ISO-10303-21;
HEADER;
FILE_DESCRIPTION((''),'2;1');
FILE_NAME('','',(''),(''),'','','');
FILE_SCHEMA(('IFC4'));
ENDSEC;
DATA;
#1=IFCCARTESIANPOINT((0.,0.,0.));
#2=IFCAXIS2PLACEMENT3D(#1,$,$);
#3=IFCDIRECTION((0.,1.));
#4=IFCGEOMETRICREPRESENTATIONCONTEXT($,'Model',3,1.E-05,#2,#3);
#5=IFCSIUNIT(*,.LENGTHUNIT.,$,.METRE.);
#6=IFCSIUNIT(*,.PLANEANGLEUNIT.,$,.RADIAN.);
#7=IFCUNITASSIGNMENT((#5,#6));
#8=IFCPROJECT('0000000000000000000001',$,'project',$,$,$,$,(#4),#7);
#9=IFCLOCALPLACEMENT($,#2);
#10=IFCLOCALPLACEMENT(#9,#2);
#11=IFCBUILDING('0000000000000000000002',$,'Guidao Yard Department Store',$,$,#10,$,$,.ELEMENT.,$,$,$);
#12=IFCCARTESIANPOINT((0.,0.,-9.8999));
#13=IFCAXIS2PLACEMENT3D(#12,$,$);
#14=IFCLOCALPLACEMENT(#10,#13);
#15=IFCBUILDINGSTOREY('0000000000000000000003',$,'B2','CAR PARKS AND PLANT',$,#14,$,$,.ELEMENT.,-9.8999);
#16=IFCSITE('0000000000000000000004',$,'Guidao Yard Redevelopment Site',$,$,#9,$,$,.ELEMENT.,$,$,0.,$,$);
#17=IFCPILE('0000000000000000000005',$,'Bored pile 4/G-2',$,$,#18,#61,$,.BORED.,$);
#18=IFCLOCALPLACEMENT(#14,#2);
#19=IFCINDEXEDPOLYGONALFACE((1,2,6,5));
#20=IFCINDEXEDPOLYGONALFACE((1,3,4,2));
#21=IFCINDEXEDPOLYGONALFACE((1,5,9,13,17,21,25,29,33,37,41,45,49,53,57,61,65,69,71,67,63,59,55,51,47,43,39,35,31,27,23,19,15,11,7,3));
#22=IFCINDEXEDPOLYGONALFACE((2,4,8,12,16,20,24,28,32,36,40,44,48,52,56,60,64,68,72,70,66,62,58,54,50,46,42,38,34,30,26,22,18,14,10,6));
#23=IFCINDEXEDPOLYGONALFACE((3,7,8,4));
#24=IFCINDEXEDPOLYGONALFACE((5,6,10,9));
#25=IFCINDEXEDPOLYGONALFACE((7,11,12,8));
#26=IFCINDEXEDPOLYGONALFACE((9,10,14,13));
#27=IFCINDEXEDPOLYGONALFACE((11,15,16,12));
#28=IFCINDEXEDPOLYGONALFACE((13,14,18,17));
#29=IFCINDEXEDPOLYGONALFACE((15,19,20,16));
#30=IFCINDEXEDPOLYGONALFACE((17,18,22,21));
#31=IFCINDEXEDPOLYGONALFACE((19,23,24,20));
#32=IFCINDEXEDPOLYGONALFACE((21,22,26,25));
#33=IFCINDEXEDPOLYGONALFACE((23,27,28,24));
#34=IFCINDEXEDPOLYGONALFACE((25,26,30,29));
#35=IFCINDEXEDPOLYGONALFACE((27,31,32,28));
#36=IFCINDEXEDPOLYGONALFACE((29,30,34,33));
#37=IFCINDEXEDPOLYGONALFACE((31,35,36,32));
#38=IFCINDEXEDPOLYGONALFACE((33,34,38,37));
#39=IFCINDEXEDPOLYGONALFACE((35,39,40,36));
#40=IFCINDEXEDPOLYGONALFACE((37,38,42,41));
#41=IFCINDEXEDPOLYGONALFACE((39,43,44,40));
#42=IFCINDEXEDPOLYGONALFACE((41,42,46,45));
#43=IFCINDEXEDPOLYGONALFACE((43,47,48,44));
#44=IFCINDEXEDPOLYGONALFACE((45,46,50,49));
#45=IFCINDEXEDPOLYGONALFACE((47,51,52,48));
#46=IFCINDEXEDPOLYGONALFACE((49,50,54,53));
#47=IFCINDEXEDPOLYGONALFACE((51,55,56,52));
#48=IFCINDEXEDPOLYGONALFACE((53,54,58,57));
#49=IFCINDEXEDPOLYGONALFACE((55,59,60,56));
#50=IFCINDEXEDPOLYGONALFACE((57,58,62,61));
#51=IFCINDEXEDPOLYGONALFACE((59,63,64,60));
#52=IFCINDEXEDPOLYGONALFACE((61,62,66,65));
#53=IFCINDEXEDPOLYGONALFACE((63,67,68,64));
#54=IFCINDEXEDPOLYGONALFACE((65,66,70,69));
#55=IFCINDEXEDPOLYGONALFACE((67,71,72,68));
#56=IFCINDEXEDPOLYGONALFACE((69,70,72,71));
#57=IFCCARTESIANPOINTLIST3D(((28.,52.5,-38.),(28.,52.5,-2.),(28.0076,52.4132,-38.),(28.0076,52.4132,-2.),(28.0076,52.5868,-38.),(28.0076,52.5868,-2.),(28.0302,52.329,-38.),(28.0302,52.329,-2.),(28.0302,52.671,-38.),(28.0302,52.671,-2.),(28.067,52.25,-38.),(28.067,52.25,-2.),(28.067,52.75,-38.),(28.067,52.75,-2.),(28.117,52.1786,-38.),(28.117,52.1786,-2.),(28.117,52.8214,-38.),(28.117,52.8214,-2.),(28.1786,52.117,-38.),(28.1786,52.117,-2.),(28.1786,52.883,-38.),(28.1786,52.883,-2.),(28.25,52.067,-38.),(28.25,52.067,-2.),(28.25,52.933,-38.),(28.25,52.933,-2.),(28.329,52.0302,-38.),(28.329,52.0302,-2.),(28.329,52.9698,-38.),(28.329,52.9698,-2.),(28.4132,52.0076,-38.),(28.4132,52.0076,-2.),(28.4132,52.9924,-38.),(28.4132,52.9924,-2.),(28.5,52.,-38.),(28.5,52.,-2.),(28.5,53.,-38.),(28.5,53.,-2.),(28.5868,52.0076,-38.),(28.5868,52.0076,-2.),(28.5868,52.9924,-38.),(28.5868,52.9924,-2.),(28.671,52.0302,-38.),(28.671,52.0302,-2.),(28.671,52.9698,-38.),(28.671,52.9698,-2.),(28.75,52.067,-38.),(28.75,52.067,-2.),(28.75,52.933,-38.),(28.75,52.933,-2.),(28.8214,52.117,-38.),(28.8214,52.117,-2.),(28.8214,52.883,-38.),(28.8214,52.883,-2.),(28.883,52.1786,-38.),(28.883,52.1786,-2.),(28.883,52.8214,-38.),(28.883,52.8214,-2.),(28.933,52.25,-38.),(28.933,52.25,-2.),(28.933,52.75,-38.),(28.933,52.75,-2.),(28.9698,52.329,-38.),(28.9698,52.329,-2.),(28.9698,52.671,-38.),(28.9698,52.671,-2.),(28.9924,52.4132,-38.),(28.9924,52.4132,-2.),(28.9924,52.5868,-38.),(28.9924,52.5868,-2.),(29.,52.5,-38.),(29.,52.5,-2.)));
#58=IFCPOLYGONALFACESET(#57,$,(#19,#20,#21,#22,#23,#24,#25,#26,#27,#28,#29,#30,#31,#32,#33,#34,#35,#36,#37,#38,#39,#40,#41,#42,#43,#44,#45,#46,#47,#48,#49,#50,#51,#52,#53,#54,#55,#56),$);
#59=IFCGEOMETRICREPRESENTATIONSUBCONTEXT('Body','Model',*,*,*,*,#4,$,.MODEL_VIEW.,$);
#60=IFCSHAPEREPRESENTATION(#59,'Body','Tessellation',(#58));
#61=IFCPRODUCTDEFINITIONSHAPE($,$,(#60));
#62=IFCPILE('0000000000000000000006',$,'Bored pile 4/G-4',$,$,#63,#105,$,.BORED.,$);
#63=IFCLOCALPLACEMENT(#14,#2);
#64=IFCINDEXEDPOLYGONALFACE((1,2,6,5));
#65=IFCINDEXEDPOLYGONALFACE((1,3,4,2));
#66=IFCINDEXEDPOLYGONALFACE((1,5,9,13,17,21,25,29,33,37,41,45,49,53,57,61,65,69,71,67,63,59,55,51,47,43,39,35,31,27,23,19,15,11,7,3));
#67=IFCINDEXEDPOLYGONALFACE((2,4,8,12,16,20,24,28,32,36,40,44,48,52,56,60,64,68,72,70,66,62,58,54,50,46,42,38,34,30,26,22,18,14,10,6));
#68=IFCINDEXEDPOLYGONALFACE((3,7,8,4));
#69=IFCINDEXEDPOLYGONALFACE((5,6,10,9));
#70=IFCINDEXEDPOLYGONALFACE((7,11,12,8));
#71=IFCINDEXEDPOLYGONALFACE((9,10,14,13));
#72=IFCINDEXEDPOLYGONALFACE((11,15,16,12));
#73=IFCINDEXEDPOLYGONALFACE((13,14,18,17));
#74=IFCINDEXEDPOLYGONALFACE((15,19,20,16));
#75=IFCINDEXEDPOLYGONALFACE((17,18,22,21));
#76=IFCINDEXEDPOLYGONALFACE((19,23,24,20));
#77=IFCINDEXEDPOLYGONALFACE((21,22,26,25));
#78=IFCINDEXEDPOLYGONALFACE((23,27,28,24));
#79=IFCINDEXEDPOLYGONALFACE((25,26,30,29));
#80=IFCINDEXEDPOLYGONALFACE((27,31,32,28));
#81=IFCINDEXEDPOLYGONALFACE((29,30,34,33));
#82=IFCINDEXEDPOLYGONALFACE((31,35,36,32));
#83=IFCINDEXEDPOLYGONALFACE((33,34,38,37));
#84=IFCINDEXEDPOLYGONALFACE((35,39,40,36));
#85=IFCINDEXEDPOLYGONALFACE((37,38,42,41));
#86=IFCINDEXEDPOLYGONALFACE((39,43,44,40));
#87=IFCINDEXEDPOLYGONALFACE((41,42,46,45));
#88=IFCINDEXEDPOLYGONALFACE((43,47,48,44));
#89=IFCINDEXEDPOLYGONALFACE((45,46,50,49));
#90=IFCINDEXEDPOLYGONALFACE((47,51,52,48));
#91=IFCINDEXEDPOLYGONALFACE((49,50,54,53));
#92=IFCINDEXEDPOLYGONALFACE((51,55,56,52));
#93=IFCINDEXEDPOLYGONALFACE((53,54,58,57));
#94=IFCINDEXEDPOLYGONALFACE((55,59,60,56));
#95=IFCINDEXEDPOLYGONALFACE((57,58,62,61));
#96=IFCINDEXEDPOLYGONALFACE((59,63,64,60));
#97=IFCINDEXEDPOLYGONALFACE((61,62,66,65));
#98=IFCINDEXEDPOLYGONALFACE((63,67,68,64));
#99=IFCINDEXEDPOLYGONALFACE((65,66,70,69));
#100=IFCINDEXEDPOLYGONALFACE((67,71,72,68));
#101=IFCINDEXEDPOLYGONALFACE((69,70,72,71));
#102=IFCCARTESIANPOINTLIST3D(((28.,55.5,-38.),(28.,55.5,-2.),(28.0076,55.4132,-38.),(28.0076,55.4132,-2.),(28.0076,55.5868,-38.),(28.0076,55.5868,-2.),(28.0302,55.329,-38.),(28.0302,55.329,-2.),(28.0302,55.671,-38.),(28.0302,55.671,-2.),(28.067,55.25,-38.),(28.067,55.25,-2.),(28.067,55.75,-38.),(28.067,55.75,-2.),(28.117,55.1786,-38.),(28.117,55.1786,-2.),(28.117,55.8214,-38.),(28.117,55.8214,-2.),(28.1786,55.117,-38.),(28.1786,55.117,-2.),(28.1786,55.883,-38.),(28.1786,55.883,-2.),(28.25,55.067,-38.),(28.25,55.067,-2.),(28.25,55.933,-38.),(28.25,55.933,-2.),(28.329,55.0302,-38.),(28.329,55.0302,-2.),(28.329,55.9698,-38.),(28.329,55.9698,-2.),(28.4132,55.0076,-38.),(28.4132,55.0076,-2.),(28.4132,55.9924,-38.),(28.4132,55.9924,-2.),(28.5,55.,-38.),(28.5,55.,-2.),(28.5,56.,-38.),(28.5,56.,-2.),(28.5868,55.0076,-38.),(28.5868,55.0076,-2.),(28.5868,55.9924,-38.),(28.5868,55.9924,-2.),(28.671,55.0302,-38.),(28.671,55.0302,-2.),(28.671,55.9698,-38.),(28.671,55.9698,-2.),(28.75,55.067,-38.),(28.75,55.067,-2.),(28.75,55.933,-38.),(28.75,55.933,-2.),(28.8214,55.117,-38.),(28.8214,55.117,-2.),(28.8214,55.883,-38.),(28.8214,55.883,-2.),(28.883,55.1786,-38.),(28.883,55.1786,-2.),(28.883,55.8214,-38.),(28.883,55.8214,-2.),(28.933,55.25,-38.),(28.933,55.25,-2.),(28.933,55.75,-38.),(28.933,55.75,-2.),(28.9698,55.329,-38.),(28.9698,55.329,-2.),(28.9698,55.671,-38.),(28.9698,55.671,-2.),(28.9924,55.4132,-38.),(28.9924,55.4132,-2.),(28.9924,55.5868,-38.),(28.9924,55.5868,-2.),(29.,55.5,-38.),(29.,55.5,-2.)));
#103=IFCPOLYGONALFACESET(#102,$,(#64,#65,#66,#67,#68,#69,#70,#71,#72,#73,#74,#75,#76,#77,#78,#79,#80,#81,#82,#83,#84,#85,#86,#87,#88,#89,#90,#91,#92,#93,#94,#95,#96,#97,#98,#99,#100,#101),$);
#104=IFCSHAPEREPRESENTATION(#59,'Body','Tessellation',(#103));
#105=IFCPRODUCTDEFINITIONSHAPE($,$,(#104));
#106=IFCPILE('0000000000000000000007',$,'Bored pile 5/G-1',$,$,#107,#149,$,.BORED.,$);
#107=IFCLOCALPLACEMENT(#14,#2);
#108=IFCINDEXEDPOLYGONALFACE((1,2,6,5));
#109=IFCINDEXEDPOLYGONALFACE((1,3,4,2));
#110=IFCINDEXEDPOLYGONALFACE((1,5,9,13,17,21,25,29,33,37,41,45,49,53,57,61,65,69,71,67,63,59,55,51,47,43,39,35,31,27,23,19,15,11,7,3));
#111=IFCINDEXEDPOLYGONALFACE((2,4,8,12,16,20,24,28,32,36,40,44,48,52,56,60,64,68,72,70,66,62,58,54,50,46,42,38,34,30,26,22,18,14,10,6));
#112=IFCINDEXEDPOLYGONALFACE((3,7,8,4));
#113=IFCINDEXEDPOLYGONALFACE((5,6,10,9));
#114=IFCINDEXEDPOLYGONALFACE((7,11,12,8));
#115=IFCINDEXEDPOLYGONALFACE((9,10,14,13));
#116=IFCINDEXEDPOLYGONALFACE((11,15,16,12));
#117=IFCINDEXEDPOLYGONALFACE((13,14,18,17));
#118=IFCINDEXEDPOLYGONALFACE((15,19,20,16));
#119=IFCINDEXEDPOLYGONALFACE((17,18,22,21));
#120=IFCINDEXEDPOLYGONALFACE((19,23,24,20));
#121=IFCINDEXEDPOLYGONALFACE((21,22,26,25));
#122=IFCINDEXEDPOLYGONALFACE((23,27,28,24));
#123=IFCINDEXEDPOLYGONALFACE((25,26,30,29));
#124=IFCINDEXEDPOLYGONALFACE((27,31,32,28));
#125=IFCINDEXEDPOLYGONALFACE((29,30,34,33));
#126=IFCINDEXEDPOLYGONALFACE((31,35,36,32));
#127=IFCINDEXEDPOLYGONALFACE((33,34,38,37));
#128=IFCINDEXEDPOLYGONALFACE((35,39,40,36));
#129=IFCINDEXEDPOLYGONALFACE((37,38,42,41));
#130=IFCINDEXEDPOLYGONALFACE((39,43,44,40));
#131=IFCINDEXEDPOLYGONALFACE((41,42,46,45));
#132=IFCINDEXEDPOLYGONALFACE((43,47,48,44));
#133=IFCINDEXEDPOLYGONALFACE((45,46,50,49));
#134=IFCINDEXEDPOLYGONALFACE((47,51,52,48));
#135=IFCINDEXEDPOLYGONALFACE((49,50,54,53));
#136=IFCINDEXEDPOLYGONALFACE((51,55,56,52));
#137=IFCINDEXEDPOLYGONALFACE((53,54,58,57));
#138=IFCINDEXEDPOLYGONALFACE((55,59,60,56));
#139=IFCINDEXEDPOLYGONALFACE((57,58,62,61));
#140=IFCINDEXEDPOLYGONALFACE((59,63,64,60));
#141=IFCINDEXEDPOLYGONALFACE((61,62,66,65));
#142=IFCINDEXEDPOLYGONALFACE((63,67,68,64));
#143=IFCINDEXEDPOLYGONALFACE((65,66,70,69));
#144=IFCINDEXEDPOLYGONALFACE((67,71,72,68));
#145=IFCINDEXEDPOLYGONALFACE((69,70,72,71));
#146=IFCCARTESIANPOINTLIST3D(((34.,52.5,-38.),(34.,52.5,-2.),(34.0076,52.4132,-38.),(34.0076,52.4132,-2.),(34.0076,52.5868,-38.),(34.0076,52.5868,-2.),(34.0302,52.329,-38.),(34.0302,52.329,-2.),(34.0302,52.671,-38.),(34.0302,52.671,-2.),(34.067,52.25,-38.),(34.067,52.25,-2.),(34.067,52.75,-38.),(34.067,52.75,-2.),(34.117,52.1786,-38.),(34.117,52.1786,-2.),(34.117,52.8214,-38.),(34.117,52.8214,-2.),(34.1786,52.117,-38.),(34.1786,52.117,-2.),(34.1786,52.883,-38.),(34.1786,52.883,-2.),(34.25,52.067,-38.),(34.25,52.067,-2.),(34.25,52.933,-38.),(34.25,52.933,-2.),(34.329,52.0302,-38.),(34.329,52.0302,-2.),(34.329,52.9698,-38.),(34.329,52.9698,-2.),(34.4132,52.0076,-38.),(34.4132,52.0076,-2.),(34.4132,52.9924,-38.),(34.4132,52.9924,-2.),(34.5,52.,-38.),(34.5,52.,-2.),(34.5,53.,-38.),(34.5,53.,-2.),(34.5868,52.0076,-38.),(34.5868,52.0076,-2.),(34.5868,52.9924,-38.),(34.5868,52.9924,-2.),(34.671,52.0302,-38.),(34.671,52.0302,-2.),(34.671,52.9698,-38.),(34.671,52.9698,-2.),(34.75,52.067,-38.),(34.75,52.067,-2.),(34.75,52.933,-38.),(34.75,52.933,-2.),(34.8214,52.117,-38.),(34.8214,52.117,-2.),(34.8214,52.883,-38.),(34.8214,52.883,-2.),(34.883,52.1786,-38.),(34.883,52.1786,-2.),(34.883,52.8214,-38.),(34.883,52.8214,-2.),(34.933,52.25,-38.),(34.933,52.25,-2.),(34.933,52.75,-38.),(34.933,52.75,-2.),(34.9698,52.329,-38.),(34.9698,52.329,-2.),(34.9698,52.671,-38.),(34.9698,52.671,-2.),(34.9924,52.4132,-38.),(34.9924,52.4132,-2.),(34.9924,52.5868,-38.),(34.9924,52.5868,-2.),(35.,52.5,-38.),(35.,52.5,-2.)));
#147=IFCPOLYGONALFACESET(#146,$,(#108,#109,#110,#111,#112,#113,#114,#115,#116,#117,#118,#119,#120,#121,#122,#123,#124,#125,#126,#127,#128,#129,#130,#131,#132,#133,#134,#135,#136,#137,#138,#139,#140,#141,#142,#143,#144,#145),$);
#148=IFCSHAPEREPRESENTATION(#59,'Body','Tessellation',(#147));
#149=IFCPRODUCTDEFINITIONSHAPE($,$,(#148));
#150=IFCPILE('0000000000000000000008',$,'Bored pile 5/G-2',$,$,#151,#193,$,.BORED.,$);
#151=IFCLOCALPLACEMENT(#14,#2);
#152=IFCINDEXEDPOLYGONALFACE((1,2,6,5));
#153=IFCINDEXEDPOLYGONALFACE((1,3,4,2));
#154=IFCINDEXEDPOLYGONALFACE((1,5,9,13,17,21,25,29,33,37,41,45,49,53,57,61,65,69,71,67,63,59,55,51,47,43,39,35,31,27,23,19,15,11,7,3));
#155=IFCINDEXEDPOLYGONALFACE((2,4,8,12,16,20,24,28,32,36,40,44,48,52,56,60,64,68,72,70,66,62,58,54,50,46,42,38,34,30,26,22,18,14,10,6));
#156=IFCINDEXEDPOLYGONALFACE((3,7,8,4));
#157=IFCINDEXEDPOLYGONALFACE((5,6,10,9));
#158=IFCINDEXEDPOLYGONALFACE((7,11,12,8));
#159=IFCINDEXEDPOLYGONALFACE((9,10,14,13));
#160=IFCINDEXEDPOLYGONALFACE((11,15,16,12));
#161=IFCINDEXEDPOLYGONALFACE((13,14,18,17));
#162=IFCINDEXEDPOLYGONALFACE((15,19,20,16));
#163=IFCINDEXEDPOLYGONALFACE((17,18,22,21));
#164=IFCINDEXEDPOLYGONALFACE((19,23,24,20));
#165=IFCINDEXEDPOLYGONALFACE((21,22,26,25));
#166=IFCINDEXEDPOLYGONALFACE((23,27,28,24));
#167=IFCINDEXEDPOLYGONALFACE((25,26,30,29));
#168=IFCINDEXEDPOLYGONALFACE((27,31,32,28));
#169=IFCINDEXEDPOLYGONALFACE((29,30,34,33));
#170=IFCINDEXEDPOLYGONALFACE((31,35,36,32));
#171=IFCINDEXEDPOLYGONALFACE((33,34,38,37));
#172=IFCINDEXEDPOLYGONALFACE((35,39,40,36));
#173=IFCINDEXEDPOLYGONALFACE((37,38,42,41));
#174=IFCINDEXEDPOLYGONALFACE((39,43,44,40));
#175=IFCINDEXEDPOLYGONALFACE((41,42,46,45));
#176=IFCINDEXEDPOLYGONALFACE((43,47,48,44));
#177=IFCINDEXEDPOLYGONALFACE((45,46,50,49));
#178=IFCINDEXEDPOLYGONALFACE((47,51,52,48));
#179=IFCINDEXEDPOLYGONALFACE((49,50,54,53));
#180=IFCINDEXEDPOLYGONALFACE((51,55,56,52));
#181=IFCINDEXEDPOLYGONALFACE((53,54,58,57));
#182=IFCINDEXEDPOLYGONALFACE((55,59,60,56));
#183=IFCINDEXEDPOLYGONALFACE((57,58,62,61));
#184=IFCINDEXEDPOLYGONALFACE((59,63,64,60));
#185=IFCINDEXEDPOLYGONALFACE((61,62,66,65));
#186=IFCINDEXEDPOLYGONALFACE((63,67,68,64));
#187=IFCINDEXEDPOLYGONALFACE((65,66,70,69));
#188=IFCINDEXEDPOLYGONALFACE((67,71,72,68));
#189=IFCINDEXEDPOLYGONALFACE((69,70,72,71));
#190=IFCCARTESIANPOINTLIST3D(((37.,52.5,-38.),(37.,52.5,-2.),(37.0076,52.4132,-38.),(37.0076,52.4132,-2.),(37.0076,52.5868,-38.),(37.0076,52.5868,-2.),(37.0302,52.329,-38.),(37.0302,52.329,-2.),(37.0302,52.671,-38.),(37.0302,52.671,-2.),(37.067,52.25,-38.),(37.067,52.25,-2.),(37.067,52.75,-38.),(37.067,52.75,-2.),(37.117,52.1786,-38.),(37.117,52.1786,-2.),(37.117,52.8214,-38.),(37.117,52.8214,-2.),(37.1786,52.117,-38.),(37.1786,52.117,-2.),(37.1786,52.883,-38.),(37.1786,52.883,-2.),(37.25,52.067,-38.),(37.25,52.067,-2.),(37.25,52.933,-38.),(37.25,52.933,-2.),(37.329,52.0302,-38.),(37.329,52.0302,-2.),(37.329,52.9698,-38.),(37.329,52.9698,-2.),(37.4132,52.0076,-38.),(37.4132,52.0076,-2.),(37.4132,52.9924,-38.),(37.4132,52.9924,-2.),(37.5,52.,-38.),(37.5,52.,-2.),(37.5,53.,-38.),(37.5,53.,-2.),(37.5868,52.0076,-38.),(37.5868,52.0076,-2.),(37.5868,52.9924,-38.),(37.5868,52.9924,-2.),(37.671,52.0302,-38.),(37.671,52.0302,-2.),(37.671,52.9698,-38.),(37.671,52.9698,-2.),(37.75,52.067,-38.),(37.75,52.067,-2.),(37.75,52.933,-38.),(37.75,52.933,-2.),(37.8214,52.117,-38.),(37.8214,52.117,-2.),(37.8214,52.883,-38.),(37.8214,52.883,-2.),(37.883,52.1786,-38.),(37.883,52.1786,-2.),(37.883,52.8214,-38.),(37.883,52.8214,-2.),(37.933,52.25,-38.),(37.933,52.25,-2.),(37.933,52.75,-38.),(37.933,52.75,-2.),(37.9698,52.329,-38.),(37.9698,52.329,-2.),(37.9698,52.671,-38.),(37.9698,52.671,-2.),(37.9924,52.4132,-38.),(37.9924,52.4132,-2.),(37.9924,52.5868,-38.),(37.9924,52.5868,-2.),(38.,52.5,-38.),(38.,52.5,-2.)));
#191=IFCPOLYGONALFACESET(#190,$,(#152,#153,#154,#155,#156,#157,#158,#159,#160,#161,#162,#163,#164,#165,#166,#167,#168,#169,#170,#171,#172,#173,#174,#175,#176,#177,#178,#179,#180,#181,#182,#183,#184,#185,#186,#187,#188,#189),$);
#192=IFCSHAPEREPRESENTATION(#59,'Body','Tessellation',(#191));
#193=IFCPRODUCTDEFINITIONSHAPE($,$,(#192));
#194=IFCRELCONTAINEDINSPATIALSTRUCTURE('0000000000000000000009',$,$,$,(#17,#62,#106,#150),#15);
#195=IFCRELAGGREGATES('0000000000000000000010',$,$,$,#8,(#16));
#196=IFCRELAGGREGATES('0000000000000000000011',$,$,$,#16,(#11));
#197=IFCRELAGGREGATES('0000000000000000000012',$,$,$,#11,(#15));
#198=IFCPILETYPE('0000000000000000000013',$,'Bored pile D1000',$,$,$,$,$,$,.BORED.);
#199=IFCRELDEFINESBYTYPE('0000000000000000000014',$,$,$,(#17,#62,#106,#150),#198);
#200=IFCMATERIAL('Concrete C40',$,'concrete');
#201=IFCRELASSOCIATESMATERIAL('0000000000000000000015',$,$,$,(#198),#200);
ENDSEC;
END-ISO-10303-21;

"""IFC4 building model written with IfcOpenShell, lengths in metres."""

from ifc_helpers import new_model, si_unit, direction, frame, origin, origin_2d, place, context, subcontext, project, spatial, circle, extrude, material, material_profile, profile_set, type_object, element, save


model = new_model("IFC4")

# Units and contexts
model_context = context("Model", 3, precision=1e-05, world=origin(), true_north=direction((0.0, 1.0)))
body_context = subcontext(model_context, "Body", "Model", "MODEL_VIEW")
ifc_project = project(units=[si_unit("LENGTHUNIT", "METRE"), si_unit("PLANEANGLEUNIT", "RADIAN")], contexts=[model_context])

# Site, building, storey
site_placement = place(None, origin())
site = spatial("IfcSite", under=ifc_project, at=site_placement, Name="Guidao Yard Redevelopment Site", CompositionType="ELEMENT", RefElevation=0.0)
building_placement = place(site_placement, origin())
building = spatial("IfcBuilding", under=site, at=building_placement, Name="Guidao Yard Department Store", CompositionType="ELEMENT")
storey_placement = place(building_placement, frame((0.0, 0.0, -9.8999)))
storey = spatial("IfcBuildingStorey", under=building, at=storey_placement, Name="B2", Description="CAR PARKS AND PLANT", CompositionType="ELEMENT", Elevation=-9.8999)

# Piles
ifc_material_1 = material(Name="Concrete C40", Category="concrete")
ifc_material_profile_1 = material_profile(ifc_material_1, circle(Radius=0.5, at=origin_2d()), Name="Bored pile D1000")
ifc_profile_set_1 = profile_set([ifc_material_profile_1], Name="Concrete C40")
pile_type = type_object("IfcPileType", Name="Bored pile D1000", PredefinedType="BORED", material=ifc_profile_set_1)
for number, where, z_axis, x_axis, name in (
    (1, (28.5, 52.5, -2.0), (0.0, 0.0, -1.0), (1.0, 0.0, 0.0), "Bored pile 4/G-2"),
    (2, (28.5, 55.5, -2.0), (0.0, 0.0, -1.0), (1.0, 0.0, 0.0), "Bored pile 4/G-4"),
    (3, (34.5, 52.5, -2.0), (0.0, 0.0, -1.0), (1.0, 0.0, 0.0), "Bored pile 5/G-1"),
    (4, (37.5, 52.5, -2.0), (0.0, 0.0, -1.0), (1.0, 0.0, 0.0), "Bored pile 5/G-2"),
):
    element("IfcPile", number, at=place(storey_placement, frame(where, z_axis=z_axis, x_axis=x_axis)), inside=storey, type_object=pile_type, Name=name, PredefinedType="BORED", context=body_context, shape_type="SweptSolid", body=[
        extrude(circle(Radius=0.5, at=origin_2d()), origin(), (0.0, 0.0, 1.0), 36.0),
    ])

save(model, "model.ifc")
